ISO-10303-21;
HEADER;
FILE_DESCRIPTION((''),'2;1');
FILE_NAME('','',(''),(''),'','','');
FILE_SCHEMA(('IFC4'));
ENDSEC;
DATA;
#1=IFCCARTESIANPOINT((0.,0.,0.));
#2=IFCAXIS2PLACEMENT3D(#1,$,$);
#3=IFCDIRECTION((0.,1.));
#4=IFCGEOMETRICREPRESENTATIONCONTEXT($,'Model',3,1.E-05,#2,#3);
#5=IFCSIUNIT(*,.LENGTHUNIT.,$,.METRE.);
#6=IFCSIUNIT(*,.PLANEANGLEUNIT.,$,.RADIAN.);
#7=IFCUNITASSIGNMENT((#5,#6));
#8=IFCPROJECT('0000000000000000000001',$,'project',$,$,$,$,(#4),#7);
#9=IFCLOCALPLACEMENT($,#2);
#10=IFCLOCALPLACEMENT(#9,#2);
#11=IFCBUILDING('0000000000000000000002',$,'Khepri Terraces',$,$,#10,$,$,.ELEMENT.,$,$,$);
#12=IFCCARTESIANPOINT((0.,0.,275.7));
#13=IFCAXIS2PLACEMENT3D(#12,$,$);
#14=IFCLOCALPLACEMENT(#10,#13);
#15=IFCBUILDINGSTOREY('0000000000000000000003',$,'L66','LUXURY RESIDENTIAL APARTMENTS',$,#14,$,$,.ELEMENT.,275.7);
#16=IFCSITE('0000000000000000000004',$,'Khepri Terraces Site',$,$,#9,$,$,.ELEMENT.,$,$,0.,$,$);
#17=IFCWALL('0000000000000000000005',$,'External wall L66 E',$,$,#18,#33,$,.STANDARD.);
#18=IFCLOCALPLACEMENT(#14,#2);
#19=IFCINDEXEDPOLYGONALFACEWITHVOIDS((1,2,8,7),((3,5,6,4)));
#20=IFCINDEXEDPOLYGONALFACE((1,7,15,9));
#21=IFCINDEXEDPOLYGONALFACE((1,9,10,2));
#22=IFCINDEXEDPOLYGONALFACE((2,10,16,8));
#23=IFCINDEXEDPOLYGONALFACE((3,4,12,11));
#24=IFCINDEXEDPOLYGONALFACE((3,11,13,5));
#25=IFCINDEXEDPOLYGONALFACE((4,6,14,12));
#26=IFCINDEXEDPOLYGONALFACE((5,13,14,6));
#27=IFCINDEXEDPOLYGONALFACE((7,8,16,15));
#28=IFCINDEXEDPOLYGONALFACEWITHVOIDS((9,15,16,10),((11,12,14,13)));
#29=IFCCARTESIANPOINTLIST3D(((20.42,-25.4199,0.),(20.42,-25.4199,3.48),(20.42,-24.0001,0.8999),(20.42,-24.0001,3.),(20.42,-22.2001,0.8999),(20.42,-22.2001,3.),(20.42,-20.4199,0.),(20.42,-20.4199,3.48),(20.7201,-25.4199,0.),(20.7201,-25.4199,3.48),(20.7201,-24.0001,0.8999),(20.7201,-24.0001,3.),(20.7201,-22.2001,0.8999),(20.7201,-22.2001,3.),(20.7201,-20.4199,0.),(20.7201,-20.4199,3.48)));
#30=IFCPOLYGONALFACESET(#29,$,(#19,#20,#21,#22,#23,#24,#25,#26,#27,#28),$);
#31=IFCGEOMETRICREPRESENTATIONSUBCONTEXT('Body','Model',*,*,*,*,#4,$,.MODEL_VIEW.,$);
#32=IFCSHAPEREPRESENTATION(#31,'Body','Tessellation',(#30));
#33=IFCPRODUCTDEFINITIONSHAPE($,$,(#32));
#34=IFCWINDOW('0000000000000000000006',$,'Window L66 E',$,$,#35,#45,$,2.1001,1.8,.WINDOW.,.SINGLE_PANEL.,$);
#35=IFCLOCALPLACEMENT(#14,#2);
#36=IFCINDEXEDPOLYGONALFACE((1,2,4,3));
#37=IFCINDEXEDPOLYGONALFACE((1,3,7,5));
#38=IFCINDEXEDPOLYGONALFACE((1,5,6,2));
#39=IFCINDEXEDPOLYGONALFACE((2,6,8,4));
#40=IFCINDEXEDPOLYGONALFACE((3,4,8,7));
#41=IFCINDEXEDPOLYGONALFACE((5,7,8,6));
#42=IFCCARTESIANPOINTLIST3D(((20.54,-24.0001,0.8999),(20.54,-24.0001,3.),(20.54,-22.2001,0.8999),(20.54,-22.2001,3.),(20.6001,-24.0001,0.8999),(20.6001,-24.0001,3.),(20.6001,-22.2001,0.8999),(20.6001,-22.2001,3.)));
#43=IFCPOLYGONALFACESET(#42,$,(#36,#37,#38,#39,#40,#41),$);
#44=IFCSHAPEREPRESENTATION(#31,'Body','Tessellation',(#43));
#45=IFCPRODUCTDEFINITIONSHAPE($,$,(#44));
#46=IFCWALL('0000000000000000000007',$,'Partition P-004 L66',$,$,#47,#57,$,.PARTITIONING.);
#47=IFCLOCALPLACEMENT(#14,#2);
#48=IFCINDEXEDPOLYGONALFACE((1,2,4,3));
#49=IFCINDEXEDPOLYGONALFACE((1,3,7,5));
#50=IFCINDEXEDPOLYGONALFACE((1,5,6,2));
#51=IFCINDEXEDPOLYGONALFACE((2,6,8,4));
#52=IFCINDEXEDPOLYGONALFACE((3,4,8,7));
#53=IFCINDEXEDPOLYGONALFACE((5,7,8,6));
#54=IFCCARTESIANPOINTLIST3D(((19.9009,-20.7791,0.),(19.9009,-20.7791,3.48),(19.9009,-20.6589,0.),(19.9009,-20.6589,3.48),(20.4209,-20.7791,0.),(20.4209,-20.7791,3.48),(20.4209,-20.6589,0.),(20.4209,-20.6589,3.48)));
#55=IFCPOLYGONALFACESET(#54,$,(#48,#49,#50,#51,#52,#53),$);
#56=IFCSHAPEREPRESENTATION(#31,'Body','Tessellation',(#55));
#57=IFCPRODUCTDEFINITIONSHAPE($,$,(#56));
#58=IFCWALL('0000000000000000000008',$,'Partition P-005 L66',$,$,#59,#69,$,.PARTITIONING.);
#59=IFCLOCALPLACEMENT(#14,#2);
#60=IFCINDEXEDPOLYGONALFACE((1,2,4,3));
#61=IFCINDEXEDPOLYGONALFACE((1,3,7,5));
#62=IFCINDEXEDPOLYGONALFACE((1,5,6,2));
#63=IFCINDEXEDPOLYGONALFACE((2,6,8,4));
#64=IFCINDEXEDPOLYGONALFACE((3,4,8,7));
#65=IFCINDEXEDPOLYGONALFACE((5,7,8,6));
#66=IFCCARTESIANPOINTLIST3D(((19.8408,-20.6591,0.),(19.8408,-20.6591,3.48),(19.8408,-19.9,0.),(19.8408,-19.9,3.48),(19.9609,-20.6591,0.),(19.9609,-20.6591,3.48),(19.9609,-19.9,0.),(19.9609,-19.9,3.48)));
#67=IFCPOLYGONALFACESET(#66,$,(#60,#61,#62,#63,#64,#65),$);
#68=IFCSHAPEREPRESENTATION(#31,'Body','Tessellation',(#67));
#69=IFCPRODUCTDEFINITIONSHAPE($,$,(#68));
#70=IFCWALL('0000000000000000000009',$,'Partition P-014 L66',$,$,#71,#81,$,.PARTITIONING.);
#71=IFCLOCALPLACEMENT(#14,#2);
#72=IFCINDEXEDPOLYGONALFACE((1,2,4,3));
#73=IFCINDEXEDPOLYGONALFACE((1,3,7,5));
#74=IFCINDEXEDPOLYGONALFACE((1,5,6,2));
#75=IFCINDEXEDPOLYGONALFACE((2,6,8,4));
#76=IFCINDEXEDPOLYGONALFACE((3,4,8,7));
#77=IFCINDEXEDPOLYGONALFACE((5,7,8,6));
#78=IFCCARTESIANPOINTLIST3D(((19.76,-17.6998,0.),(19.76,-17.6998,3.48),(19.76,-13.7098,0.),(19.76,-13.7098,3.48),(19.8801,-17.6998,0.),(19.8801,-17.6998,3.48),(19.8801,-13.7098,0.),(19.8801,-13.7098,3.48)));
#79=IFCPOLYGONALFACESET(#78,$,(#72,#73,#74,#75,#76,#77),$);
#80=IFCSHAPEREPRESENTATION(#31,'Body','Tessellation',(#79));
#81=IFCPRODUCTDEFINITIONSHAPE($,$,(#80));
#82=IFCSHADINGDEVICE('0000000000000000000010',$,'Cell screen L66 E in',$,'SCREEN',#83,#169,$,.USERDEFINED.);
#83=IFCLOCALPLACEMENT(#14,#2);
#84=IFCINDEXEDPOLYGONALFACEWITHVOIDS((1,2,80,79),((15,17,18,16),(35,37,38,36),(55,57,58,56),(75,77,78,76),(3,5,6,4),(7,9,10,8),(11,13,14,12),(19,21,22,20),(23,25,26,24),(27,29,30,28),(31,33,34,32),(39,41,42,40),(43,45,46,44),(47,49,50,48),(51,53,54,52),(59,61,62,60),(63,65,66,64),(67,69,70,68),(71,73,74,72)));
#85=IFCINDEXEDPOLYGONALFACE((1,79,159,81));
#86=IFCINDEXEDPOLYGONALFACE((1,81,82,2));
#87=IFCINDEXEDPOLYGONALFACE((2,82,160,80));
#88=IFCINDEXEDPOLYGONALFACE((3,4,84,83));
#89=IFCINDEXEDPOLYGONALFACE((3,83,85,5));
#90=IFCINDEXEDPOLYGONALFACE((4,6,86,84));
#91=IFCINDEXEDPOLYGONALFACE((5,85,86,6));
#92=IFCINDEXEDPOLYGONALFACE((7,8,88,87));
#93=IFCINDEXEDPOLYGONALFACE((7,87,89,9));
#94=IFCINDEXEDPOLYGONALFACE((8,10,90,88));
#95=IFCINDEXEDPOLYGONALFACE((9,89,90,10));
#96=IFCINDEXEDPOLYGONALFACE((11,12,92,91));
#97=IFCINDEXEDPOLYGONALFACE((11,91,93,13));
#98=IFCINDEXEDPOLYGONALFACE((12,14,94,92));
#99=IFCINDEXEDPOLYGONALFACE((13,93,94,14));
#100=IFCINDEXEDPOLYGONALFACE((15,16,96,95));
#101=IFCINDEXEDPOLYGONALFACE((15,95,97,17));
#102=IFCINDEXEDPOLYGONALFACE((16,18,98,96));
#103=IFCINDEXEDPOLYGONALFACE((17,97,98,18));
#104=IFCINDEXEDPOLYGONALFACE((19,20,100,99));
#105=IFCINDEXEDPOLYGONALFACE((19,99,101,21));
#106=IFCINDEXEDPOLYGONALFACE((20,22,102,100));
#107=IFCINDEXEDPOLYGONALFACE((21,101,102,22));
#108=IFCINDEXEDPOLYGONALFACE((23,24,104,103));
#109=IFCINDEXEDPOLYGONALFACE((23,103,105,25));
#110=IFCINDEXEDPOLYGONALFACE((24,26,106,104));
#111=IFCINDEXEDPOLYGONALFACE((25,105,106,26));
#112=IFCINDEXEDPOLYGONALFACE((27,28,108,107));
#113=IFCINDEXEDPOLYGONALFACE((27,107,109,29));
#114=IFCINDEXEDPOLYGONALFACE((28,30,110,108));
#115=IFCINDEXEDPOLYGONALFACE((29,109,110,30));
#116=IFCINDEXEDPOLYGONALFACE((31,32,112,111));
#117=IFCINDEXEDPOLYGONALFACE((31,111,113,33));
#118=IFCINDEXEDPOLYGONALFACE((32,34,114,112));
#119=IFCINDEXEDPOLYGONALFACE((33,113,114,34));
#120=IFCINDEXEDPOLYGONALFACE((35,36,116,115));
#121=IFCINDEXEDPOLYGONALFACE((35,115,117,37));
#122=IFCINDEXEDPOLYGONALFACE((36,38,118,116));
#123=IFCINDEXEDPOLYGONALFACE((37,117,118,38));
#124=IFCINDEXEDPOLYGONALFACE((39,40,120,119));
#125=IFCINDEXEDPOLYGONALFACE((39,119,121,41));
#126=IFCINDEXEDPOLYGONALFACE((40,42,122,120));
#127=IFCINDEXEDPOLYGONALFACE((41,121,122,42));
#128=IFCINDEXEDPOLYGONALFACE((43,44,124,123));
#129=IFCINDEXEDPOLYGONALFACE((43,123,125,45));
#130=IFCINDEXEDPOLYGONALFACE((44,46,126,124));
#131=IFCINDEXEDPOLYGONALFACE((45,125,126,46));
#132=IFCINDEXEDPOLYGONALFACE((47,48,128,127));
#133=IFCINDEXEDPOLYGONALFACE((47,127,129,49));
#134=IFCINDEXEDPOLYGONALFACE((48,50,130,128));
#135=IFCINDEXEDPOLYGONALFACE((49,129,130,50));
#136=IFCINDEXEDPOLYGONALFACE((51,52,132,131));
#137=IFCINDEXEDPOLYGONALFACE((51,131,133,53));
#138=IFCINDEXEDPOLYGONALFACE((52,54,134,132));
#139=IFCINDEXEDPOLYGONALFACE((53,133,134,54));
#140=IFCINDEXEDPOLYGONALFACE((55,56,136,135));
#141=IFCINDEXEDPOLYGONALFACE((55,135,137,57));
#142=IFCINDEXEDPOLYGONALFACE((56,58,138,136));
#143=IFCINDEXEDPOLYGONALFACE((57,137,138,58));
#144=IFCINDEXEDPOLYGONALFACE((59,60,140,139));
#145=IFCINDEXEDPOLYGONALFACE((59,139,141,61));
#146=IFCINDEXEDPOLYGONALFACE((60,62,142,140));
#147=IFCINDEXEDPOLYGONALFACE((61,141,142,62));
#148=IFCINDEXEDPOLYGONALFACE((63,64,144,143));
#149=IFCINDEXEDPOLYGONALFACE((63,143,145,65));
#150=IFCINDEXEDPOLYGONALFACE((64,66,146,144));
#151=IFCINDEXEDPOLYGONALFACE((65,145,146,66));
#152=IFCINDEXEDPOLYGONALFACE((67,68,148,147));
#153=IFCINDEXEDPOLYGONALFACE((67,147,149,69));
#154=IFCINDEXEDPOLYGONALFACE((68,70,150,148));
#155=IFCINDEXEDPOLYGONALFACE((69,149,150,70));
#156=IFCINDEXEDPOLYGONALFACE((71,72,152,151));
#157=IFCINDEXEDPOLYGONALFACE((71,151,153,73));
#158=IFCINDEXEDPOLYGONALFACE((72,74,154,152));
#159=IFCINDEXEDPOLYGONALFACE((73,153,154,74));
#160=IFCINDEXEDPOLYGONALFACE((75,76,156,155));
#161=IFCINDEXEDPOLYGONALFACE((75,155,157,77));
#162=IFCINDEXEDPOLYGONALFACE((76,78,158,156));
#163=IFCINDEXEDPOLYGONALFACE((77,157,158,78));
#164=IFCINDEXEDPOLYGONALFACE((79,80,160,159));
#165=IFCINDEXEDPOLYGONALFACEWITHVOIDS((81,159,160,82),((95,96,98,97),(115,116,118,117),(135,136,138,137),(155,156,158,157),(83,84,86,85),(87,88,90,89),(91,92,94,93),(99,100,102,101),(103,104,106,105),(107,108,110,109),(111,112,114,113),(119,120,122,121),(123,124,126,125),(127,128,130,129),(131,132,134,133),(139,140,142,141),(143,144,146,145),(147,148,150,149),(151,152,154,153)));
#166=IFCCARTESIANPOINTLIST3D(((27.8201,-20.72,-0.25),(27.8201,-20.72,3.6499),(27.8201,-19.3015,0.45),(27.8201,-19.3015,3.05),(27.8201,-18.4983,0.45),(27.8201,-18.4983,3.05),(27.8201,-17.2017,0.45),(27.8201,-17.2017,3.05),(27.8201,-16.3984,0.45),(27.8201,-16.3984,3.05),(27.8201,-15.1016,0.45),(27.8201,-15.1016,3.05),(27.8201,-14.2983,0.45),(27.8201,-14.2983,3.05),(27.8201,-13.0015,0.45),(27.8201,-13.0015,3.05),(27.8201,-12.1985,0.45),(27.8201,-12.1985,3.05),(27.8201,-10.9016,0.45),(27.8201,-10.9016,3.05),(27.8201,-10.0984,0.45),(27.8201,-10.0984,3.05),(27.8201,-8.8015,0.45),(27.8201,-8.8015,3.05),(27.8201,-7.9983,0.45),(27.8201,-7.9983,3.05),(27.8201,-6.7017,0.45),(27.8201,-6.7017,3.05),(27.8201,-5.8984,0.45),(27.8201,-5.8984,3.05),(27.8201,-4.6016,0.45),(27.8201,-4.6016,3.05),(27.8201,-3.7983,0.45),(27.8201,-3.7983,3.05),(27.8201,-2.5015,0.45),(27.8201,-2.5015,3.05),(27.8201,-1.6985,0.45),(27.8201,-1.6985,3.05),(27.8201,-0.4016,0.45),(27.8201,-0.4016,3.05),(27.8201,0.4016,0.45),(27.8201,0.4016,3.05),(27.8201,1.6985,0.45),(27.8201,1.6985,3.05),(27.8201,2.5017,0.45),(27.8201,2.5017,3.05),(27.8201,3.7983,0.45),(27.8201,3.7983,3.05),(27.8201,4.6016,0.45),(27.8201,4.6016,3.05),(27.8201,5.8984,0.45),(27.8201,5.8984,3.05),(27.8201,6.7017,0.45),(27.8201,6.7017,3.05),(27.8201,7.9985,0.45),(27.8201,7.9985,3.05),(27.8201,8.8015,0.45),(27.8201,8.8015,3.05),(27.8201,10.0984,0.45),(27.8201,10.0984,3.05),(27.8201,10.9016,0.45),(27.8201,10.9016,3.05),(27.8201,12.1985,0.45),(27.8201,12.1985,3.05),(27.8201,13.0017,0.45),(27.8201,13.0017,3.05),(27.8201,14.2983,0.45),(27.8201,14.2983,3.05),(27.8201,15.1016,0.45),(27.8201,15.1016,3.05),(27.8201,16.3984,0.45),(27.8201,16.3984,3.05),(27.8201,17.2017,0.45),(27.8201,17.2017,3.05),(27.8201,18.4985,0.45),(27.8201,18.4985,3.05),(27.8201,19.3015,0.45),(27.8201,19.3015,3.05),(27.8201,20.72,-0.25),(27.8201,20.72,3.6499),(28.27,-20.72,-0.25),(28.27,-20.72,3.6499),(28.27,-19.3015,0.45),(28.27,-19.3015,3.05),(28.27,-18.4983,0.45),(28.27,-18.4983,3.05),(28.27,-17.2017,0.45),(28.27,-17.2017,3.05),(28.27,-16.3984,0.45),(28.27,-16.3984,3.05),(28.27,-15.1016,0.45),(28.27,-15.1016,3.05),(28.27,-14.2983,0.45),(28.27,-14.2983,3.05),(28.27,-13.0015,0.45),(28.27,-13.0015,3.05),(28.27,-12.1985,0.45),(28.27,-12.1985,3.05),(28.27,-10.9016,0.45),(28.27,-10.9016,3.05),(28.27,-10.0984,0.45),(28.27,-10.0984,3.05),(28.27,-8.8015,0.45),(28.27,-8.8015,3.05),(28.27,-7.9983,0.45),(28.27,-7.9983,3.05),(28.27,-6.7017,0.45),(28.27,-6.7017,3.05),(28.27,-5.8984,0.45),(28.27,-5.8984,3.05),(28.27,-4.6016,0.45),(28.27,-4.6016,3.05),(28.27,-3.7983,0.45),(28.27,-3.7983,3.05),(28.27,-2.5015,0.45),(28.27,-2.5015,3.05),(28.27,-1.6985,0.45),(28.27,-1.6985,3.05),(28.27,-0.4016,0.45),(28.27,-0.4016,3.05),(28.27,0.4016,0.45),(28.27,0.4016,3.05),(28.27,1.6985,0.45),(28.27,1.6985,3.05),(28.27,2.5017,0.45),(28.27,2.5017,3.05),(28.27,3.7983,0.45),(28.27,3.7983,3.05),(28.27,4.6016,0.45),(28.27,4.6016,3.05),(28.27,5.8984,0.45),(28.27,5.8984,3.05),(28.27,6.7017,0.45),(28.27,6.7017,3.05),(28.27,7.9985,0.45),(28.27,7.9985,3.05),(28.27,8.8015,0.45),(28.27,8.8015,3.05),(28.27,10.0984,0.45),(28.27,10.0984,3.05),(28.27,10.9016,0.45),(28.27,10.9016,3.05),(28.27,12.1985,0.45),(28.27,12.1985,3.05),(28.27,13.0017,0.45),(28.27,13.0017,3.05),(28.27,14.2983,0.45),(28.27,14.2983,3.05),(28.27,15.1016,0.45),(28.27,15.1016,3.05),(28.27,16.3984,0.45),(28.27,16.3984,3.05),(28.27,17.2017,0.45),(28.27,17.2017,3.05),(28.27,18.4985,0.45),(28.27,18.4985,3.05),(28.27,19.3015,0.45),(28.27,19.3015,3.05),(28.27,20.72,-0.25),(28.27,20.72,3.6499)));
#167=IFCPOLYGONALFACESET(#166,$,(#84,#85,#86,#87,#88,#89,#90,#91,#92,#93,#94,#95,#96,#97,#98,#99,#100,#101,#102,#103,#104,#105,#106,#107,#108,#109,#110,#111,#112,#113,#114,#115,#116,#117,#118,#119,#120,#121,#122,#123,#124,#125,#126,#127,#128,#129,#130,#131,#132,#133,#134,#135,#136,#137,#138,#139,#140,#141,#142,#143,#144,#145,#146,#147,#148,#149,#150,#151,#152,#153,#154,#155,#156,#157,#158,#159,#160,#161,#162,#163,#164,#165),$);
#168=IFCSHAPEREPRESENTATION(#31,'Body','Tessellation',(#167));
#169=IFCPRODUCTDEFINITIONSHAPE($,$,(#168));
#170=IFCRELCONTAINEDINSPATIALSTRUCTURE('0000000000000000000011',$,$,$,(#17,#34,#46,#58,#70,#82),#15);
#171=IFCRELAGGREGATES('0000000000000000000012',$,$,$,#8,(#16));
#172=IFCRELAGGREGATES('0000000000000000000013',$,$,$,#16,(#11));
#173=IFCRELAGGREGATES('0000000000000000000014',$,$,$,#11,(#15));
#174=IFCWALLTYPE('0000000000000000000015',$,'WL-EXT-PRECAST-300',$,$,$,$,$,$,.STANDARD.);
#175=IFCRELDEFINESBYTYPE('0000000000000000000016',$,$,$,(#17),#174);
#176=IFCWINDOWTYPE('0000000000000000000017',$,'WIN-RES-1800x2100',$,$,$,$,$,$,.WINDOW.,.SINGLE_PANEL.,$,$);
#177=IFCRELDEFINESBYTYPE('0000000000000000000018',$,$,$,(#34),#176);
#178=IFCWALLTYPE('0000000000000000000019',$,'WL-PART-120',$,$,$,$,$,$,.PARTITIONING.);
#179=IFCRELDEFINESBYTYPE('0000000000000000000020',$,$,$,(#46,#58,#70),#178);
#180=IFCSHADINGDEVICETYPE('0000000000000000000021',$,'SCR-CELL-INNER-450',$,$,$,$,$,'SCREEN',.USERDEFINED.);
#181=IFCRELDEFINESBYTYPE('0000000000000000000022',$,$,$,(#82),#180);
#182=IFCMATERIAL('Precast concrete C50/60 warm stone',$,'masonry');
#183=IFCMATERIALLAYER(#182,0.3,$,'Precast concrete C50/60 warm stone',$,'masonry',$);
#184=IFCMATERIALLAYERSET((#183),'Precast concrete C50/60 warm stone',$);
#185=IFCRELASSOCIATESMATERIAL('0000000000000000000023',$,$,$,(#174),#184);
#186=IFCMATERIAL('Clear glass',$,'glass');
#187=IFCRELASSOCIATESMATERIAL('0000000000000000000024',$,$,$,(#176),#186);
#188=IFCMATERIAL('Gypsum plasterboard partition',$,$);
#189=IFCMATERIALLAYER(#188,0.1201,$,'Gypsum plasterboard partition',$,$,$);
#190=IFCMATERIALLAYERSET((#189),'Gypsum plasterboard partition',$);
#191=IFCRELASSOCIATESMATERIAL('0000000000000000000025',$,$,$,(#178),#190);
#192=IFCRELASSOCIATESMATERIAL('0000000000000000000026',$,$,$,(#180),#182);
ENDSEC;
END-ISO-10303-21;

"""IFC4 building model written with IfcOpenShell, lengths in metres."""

from ifc_helpers import new_model, si_unit, direction, frame, frame_2d, origin, place, context, subcontext, project, spatial, polyline, rectangle, outline, extrude, material, layer, layer_set, type_object, element, fill, save


model = new_model("IFC4")

# Units and contexts
model_context = context("Model", 3, precision=1e-05, world=origin(), true_north=direction((0.0, 1.0)))
body_context = subcontext(model_context, "Body", "Model", "MODEL_VIEW")
ifc_project = project(units=[si_unit("LENGTHUNIT", "METRE"), si_unit("PLANEANGLEUNIT", "RADIAN")], contexts=[model_context])

# Site, building, storey
site_placement = place(None, origin())
site = spatial("IfcSite", under=ifc_project, at=site_placement, Name="Khepri Terraces Site", CompositionType="ELEMENT", RefElevation=0.0)
building_placement = place(site_placement, origin())
building = spatial("IfcBuilding", under=site, at=building_placement, Name="Khepri Terraces", CompositionType="ELEMENT")
storey_placement = place(building_placement, frame((0.0, 0.0, 275.7)))
storey = spatial("IfcBuildingStorey", under=building, at=storey_placement, Name="L66", Description="LUXURY RESIDENTIAL APARTMENTS", CompositionType="ELEMENT", Elevation=275.7)

# Shared definitions
ifc_material_1 = material(Name="Precast concrete C50/60 warm stone", Category="masonry")
ifc_layer_1 = layer(ifc_material_1, 0.3, Name="Precast concrete C50/60 warm stone", Category="masonry")
ifc_layer_set_1 = layer_set([ifc_layer_1], Name="Precast concrete C50/60 warm stone")
wall_type_1 = type_object("IfcWallType", Name="WL-EXT-PRECAST-300", PredefinedType="STANDARD", material=ifc_layer_set_1)
ifc_material_2 = material(Name="Clear glass", Category="glass")
window_type = type_object("IfcWindowType", Name="WIN-RES-1800x2100", PartitioningType="SINGLE_PANEL", PredefinedType="WINDOW", material=ifc_material_2)

# Wall, opening, window
wall_1_placement = place(storey_placement, frame((20.5701, -25.4199, 0.0), z_axis=(0.0, 0.0, 1.0), x_axis=(0.0, 1.0, 0.0)))
wall_1 = element("IfcWall", 1, at=wall_1_placement, inside=storey, type_object=wall_type_1, Name="External wall L66 E", PredefinedType="STANDARD", context=body_context, shape_type="SweptSolid", body=[
    extrude(rectangle(XDim=5.0, YDim=0.3, at=frame_2d((2.5, 0.0))), origin(), (0.0, 0.0, 1.0), 3.48),
])
opening_1_placement = place(wall_1_placement, frame((1.4199, 0.0, 0.8999)))
opening_1 = element("IfcOpeningElement", 2, at=opening_1_placement, cuts=wall_1, PredefinedType="OPENING", context=body_context, shape_type="SweptSolid", body=[
    extrude(rectangle(XDim=1.8, YDim=2.1001, at=frame_2d((0.8999, 1.05))), frame((0.0, 0.1602, 0.0), z_axis=(0.0, -1.0, 0.0), x_axis=(1.0, 0.0, 0.0)), (0.0, 0.0, 1.0), 0.3201),
])
window_1_placement = place(opening_1_placement, origin())
window_1 = element("IfcWindow", 3, at=window_1_placement, inside=storey, type_object=window_type, Name="Window L66 E", OverallHeight=2.1001, OverallWidth=1.8, PartitioningType="SINGLE_PANEL", PredefinedType="WINDOW", context=body_context, shape_type="SweptSolid", body=[
    extrude(rectangle(XDim=1.8, YDim=2.1001, at=frame_2d((0.8999, 1.05))), frame((0.0, 0.03, 0.0), z_axis=(0.0, -1.0, 0.0), x_axis=(1.0, 0.0, 0.0)), (0.0, 0.0, 1.0), 0.0601),
])
fill(opening_1, window_1)

# Walls
ifc_material_3 = material(Name="Gypsum plasterboard partition")
ifc_layer_2 = layer(ifc_material_3, 0.1201, Name="Gypsum plasterboard partition")
ifc_layer_set_2 = layer_set([ifc_layer_2], Name="Gypsum plasterboard partition")
wall_type_2 = type_object("IfcWallType", Name="WL-PART-120", PredefinedType="PARTITIONING", material=ifc_layer_set_2)
wall_2_placement = place(storey_placement, frame((19.9009, -20.719, 0.0), z_axis=(0.0, 0.0, 1.0), x_axis=(1.0, 0.0, 0.0)))
element("IfcWall", 4, at=wall_2_placement, inside=storey, type_object=wall_type_2, Name="Partition P-004 L66", PredefinedType="PARTITIONING", context=body_context, shape_type="SweptSolid", body=[
    extrude(rectangle(XDim=0.52, YDim=0.1201, at=frame_2d((0.26, 0.0))), origin(), (0.0, 0.0, 1.0), 3.48),
])
wall_3_placement = place(storey_placement, frame((19.9009, -20.6589, 0.0), z_axis=(0.0, 0.0, 1.0), x_axis=(0.0, 1.0, 0.0)))
element("IfcWall", 5, at=wall_3_placement, inside=storey, type_object=wall_type_2, Name="Partition P-005 L66", PredefinedType="PARTITIONING", context=body_context, shape_type="SweptSolid", body=[
    extrude(rectangle(XDim=0.759, YDim=0.1201, at=frame_2d((0.3794, 0.0))), origin(), (0.0, 0.0, 1.0), 3.48),
])
wall_4_placement = place(storey_placement, frame((19.8201, -17.7, 0.0), z_axis=(0.0, 0.0, 1.0), x_axis=(0.0, 1.0, 0.0)))
element("IfcWall", 6, at=wall_4_placement, inside=storey, type_object=wall_type_2, Name="Partition P-014 L66", PredefinedType="PARTITIONING", context=body_context, shape_type="SweptSolid", body=[
    extrude(rectangle(XDim=3.99, YDim=0.1201, at=frame_2d((1.9951, 0.0))), origin(), (0.0, 0.0, 1.0), 3.48),
])

# Shading device
shading_device_type_1 = type_object("IfcShadingDeviceType", Name="SCR-CELL-INNER-450", ElementType="SCREEN", PredefinedType="USERDEFINED", material=ifc_material_1)
shading_device_1_placement = place(storey_placement, frame((27.8201, -20.72, -0.25), z_axis=(1.0, 0.0, 0.0), x_axis=(0.0, 1.0, 0.0)))
element("IfcShadingDevice", 7, at=shading_device_1_placement, inside=storey, type_object=shading_device_type_1, Name="Cell screen L66 E in", ObjectType="SCREEN", PredefinedType="USERDEFINED", context=body_context, shape_type="SweptSolid", body=[
    extrude(outline(polyline([(0.0, 0.0), (41.4399, 0.0), (41.4399, 3.8999), (0.0, 3.8999), (0.0, 0.0)]), holes=[polyline([(1.4185, 0.7), (2.2217, 0.7), (2.2217, 3.3), (1.4185, 3.3), (1.4185, 0.7)]), polyline([(3.5183, 0.7), (4.3215, 0.7), (4.3215, 3.3), (3.5183, 3.3), (3.5183, 0.7)]), polyline([(5.6184, 0.7), (6.4216, 0.7), (6.4216, 3.3), (5.6184, 3.3), (5.6184, 0.7)]), polyline([(7.7185, 0.7), (8.5215, 0.7), (8.5215, 3.3), (7.7185, 3.3), (7.7185, 0.7)]), polyline([(9.8184, 0.7), (10.6216, 0.7), (10.6216, 3.3), (9.8184, 3.3), (9.8184, 0.7)]), polyline([(11.9185, 0.7), (12.7217, 0.7), (12.7217, 3.3), (11.9185, 3.3), (11.9185, 0.7)]), polyline([(14.0183, 0.7), (14.8215, 0.7), (14.8215, 3.3), (14.0183, 3.3), (14.0183, 0.7)]), polyline([(16.1184, 0.7), (16.9216, 0.7), (16.9216, 3.3), (16.1184, 3.3), (16.1184, 0.7)]), polyline([(18.2185, 0.7), (19.0215, 0.7), (19.0215, 3.3), (18.2185, 3.3), (18.2185, 0.7)]), polyline([(20.3184, 0.7), (21.1216, 0.7), (21.1216, 3.3), (20.3184, 3.3), (20.3184, 0.7)]), polyline([(22.4185, 0.7), (23.2217, 0.7), (23.2217, 3.3), (22.4185, 3.3), (22.4185, 0.7)]), polyline([(24.5183, 0.7), (25.3215, 0.7), (25.3215, 3.3), (24.5183, 3.3), (24.5183, 0.7)]), polyline([(26.6184, 0.7), (27.4216, 0.7), (27.4216, 3.3), (26.6184, 3.3), (26.6184, 0.7)]), polyline([(28.7185, 0.7), (29.5215, 0.7), (29.5215, 3.3), (28.7185, 3.3), (28.7185, 0.7)]), polyline([(30.8184, 0.7), (31.6216, 0.7), (31.6216, 3.3), (30.8184, 3.3), (30.8184, 0.7)]), polyline([(32.9185, 0.7), (33.7217, 0.7), (33.7217, 3.3), (32.9185, 3.3), (32.9185, 0.7)]), polyline([(35.0183, 0.7), (35.8215, 0.7), (35.8215, 3.3), (35.0183, 3.3), (35.0183, 0.7)]), polyline([(37.1184, 0.7), (37.9216, 0.7), (37.9216, 3.3), (37.1184, 3.3), (37.1184, 0.7)]), polyline([(39.2185, 0.7), (40.0215, 0.7), (40.0215, 3.3), (39.2185, 3.3), (39.2185, 0.7)])]), origin(), (0.0, 0.0, 1.0), 0.45),
])

save(model, "model.ifc")
